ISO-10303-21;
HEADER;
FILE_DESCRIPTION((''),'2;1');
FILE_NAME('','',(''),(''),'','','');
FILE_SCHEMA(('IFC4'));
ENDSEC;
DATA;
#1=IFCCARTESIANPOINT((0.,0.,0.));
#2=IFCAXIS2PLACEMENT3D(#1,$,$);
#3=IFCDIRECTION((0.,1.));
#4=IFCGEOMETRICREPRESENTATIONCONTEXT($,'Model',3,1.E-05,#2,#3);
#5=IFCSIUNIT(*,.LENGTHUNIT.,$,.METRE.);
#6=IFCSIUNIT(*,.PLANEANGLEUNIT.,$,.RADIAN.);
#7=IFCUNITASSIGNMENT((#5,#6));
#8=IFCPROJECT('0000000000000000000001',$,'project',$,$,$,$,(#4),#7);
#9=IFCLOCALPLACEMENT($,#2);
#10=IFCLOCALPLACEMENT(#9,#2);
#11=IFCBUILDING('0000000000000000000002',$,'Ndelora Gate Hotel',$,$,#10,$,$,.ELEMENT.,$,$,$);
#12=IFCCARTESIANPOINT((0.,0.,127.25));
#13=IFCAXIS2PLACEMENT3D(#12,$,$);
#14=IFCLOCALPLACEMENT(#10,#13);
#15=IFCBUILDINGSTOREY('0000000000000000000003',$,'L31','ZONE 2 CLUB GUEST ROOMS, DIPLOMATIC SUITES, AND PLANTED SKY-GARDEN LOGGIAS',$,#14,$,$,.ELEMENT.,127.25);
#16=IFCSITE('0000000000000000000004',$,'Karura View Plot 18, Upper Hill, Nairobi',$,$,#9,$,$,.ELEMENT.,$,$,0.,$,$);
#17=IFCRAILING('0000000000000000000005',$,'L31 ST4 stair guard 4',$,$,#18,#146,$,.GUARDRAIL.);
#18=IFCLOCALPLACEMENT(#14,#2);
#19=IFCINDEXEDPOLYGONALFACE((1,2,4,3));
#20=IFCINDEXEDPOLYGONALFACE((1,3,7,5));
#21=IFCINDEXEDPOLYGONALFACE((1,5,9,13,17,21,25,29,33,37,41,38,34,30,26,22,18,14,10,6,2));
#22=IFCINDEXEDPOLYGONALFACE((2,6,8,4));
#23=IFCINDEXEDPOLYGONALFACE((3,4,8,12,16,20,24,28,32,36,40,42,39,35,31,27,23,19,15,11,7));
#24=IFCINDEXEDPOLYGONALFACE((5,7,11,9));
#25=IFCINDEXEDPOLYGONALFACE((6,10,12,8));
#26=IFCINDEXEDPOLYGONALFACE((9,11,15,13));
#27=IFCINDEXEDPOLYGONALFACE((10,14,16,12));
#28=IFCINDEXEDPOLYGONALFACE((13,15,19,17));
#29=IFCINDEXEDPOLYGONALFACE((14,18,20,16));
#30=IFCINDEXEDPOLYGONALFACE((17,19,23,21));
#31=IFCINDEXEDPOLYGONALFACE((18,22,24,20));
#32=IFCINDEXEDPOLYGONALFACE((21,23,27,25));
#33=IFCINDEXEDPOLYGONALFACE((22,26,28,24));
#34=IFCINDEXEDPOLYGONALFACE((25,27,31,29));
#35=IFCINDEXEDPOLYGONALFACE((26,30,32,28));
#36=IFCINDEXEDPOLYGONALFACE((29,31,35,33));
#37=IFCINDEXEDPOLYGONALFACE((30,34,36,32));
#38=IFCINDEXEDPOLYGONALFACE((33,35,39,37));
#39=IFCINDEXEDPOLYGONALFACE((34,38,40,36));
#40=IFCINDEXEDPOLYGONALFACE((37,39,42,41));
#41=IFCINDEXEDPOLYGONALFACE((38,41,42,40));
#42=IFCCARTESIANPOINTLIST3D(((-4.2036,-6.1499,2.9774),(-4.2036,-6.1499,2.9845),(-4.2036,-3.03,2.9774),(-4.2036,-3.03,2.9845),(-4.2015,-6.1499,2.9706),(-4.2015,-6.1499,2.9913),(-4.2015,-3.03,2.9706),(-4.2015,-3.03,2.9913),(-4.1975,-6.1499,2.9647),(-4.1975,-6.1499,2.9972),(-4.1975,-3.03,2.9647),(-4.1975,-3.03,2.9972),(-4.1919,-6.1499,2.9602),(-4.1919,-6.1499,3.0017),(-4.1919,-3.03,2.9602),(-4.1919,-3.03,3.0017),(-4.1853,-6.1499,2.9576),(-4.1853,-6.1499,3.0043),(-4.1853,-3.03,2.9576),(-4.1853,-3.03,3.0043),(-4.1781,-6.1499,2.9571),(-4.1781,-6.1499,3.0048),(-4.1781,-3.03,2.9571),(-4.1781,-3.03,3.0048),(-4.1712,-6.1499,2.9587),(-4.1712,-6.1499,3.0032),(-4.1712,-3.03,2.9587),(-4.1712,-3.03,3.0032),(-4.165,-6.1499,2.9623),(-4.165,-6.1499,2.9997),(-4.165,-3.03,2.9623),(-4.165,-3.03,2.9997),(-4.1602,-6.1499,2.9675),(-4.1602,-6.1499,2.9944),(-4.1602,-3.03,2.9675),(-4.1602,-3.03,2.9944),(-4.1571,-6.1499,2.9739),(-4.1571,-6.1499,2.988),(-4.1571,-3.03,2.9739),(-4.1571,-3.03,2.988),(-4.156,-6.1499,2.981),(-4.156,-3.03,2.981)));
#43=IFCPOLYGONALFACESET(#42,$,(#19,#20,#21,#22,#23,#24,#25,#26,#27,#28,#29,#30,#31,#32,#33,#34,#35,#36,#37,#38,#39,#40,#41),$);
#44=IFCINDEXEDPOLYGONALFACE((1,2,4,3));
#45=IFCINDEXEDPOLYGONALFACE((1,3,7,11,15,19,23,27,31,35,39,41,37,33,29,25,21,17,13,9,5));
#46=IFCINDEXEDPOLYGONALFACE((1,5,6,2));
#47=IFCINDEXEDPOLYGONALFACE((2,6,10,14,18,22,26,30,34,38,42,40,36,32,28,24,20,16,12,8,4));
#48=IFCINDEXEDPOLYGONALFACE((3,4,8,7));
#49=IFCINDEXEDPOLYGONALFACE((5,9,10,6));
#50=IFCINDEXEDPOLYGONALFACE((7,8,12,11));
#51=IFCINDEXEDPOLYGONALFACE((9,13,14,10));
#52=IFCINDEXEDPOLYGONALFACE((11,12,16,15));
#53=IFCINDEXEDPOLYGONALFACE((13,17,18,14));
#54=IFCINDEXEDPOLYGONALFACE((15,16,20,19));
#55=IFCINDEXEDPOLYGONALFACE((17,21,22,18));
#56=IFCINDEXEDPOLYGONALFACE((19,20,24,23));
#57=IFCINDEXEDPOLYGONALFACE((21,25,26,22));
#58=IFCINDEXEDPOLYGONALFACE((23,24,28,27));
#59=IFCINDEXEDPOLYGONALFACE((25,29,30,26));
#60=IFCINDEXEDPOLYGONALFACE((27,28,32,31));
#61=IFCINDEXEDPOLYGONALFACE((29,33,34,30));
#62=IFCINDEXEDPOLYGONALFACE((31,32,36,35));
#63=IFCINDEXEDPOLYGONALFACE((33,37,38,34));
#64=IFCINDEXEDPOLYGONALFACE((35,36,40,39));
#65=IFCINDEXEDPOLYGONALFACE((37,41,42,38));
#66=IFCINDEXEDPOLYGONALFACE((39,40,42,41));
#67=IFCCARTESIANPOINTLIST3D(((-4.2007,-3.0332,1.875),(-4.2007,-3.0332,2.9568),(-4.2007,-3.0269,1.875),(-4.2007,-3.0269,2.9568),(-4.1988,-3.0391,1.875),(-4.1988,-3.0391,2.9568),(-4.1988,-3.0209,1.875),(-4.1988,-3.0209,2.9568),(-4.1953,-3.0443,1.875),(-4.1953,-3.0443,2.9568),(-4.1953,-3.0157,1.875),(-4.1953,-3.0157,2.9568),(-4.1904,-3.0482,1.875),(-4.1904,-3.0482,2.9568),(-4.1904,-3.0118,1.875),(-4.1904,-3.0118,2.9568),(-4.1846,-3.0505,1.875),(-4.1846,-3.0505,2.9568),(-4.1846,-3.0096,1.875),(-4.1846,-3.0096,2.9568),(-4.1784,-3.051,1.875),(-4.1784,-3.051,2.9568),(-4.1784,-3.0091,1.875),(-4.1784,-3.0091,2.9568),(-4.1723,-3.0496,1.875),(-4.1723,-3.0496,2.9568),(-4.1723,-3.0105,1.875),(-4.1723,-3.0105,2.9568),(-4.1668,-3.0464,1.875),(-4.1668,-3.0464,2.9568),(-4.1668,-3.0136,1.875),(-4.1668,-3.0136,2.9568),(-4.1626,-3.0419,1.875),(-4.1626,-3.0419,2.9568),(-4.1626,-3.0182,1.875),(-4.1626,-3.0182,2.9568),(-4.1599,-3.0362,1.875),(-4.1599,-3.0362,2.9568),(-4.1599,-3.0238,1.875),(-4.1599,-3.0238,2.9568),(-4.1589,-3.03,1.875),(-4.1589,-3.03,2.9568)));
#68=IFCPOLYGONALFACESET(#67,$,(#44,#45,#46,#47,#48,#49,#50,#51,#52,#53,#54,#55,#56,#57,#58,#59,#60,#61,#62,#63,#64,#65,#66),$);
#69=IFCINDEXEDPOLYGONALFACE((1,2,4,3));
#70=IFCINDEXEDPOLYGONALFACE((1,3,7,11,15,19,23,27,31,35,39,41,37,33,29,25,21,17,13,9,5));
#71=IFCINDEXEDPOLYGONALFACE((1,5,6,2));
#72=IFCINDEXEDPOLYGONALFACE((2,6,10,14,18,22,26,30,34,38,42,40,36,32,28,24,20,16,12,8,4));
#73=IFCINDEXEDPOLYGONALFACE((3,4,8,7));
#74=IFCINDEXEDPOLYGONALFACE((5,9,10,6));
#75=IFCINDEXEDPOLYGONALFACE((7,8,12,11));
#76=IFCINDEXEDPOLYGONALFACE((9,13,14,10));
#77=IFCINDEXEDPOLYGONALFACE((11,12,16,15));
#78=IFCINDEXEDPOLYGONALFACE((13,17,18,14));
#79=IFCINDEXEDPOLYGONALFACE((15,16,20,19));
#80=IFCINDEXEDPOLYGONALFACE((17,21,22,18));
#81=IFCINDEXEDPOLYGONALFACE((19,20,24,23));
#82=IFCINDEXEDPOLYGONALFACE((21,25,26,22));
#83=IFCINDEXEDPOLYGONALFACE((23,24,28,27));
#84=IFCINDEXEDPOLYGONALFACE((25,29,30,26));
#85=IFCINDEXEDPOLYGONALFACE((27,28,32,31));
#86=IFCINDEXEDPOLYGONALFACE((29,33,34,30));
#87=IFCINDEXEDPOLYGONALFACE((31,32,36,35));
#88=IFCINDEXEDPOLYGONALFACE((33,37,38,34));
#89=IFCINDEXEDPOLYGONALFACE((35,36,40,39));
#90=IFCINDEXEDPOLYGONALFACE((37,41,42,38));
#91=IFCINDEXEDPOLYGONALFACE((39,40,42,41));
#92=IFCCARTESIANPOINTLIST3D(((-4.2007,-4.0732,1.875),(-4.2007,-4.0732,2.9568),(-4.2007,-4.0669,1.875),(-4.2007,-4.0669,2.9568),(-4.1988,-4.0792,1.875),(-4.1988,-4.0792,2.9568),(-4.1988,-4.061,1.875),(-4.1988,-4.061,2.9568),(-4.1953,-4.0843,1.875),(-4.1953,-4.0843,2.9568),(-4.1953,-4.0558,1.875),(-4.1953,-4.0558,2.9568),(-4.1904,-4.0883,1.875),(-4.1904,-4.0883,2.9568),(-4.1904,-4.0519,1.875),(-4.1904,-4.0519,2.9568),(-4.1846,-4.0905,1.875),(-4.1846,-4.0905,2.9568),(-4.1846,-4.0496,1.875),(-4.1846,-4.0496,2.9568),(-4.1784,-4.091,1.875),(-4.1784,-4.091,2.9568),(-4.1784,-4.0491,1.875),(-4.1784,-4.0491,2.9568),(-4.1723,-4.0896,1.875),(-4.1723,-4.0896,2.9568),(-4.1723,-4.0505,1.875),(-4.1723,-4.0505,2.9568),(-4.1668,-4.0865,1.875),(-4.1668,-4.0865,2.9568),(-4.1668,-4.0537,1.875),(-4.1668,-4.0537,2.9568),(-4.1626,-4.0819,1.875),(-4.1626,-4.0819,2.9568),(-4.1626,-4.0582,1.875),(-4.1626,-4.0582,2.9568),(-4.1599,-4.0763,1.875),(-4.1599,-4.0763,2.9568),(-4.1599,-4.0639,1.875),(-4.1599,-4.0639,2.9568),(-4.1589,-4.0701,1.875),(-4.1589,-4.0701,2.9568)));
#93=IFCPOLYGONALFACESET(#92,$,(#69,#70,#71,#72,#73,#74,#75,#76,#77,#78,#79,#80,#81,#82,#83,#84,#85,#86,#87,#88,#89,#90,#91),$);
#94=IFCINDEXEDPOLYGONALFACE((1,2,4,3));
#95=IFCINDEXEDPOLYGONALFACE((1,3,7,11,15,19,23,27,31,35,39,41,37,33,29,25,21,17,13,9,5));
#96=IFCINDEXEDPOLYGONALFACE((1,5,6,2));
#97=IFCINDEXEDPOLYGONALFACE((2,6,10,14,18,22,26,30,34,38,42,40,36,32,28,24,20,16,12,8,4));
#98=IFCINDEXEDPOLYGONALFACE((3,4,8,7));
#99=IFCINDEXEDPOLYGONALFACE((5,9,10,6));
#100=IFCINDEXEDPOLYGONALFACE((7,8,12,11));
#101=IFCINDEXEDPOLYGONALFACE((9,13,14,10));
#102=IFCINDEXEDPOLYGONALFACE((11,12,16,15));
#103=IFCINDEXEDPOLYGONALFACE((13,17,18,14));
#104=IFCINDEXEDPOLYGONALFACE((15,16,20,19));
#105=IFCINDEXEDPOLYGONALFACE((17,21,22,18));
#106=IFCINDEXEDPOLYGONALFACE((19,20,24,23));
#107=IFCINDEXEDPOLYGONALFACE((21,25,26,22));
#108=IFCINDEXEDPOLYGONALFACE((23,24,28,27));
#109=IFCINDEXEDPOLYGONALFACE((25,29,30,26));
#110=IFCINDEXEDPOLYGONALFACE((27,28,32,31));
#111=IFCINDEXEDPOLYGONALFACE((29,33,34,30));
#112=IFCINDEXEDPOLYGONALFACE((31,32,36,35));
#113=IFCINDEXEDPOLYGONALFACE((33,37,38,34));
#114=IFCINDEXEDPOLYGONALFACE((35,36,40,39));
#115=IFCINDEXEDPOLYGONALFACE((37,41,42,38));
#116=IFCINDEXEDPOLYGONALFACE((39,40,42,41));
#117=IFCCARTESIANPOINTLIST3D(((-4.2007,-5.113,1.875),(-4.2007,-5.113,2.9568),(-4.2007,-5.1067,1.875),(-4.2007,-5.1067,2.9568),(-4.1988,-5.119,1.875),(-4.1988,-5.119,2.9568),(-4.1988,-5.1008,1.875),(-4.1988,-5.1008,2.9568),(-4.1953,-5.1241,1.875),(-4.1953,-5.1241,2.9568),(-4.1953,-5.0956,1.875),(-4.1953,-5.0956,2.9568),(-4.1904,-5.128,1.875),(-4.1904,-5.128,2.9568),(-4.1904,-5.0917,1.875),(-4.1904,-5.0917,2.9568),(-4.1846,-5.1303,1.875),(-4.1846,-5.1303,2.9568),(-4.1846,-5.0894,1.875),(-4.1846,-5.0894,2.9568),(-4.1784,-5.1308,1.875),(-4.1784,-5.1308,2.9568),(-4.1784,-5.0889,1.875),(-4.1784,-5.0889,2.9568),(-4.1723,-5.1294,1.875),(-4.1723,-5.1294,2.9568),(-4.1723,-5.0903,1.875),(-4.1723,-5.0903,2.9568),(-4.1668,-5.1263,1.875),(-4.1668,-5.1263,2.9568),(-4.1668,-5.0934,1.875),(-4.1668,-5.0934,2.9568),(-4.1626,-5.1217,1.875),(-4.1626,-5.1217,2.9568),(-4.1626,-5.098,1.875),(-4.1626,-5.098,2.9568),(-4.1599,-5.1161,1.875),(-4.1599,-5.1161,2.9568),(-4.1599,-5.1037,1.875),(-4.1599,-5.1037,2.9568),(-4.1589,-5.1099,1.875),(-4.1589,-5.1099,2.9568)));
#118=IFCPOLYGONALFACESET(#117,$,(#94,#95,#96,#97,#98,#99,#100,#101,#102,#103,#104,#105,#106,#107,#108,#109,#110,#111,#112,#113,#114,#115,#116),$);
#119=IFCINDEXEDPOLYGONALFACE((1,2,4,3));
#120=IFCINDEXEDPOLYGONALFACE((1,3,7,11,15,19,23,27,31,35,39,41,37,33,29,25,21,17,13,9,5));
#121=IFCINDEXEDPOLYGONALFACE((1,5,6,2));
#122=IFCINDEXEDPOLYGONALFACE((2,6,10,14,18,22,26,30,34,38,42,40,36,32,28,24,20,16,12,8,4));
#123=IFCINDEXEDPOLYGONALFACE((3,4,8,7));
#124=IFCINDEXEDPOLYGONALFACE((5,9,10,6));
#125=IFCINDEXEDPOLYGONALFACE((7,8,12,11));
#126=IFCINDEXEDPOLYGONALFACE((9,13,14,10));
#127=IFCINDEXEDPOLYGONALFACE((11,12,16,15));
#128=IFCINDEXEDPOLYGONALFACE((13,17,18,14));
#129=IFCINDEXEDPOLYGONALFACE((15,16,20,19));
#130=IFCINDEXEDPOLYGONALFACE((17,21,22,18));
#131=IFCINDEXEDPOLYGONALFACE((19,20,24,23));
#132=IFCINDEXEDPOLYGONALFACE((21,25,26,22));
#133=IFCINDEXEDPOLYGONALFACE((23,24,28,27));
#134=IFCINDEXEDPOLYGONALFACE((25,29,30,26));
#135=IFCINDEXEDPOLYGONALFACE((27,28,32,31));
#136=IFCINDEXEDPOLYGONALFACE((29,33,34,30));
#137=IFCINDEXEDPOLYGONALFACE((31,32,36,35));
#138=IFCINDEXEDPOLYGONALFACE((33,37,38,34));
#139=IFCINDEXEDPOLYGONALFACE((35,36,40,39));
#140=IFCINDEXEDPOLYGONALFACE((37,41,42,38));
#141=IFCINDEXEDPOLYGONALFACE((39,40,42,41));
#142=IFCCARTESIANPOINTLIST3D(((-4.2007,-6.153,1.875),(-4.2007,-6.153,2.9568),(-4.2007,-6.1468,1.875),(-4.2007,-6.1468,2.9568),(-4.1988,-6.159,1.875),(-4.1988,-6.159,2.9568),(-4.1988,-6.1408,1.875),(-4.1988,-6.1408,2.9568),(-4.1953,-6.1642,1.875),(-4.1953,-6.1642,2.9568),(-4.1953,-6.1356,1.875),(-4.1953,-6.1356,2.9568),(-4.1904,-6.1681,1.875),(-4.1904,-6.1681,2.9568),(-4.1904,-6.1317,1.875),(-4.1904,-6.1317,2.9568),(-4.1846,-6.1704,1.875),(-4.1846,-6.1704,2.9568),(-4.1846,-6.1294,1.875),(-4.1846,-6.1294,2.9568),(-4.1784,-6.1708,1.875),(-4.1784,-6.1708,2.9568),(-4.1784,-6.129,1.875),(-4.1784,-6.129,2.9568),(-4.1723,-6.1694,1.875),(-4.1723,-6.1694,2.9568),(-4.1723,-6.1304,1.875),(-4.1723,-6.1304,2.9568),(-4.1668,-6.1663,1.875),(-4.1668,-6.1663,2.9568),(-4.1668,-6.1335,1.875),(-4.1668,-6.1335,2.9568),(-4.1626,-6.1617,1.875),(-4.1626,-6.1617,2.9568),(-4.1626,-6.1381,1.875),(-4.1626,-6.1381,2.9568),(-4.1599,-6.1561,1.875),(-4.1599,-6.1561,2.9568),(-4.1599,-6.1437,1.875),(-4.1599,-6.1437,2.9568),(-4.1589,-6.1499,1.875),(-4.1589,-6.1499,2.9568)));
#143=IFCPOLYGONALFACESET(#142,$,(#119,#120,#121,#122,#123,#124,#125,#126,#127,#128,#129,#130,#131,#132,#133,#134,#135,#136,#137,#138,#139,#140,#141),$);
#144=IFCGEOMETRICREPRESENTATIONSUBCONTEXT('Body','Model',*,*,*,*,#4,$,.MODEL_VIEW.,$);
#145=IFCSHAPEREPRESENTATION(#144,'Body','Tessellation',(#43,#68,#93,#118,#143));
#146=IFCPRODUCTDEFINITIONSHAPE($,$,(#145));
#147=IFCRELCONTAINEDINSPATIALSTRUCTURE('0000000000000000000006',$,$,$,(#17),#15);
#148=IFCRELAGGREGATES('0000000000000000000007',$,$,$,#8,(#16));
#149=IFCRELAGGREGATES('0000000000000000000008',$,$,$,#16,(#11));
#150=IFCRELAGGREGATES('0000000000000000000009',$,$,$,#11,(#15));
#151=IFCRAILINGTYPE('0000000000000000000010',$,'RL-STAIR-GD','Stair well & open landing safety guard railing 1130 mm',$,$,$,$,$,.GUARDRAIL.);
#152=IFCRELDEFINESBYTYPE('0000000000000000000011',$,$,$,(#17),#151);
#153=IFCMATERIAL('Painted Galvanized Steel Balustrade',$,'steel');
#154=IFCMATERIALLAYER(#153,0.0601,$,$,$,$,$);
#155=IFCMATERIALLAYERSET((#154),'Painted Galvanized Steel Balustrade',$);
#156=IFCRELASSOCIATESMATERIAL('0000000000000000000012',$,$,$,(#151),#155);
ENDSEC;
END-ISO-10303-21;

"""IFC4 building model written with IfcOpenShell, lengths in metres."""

from ifc_helpers import new_model, si_unit, direction, frame, origin, origin_2d, place, context, subcontext, project, spatial, circle, extrude, material, layer, layer_set, type_object, element, save


model = new_model("IFC4")

# Units and contexts
model_context = context("Model", 3, precision=1e-05, world=origin(), true_north=direction((0.0, 1.0)))
body_context = subcontext(model_context, "Body", "Model", "MODEL_VIEW")
ifc_project = project(units=[si_unit("LENGTHUNIT", "METRE"), si_unit("PLANEANGLEUNIT", "RADIAN")], contexts=[model_context])

# Site, building, storey
site_placement = place(None, origin())
site = spatial("IfcSite", under=ifc_project, at=site_placement, Name="Karura View Plot 18, Upper Hill, Nairobi", CompositionType="ELEMENT", RefElevation=0.0)
building_placement = place(site_placement, origin())
building = spatial("IfcBuilding", under=site, at=building_placement, Name="Ndelora Gate Hotel", CompositionType="ELEMENT")
storey_placement = place(building_placement, frame((0.0, 0.0, 127.25)))
storey = spatial("IfcBuildingStorey", under=building, at=storey_placement, Name="L31", Description="ZONE 2 CLUB GUEST ROOMS, DIPLOMATIC SUITES, AND PLANTED SKY-GARDEN LOGGIAS", CompositionType="ELEMENT", Elevation=127.25)

# Railing
ifc_material_1 = material(Name="Painted Galvanized Steel Balustrade", Category="steel")
ifc_layer_1 = layer(ifc_material_1, 0.0601)
ifc_layer_set_1 = layer_set([ifc_layer_1], Name="Painted Galvanized Steel Balustrade")
railing_type_1 = type_object("IfcRailingType", Name="RL-STAIR-GD", Description="Stair well & open landing safety guard railing 1130 mm", PredefinedType="GUARDRAIL", material=ifc_layer_set_1)
for number, where, name in (
    (1, (-4.1799, -3.03, 1.875), "L31 ST4 stair guard 4"),
):
    element("IfcRailing", number, at=place(storey_placement, frame(where)), inside=storey, type_object=railing_type_1, Name=name, PredefinedType="GUARDRAIL", context=body_context, shape_type="SweptSolid", body=[
        extrude(circle(Radius=0.0239, at=origin_2d()), frame((0.0, 0.0, 1.106), z_axis=(0.0, -1.0, 0.0), x_axis=(1.0, 0.0, 0.0)), (0.0, 0.0, 1.0), 3.1199),
        extrude(circle(Radius=0.021, at=origin_2d()), origin(), (0.0, 0.0, 1.0), 1.0818),
        extrude(circle(Radius=0.021, at=origin_2d()), frame((0.0, -1.04, 0.0)), (0.0, 0.0, 1.0), 1.0818),
        extrude(circle(Radius=0.021, at=origin_2d()), frame((0.0, -2.0798, 0.0)), (0.0, 0.0, 1.0), 1.0818),
        extrude(circle(Radius=0.021, at=origin_2d()), frame((0.0, -3.1199, 0.0)), (0.0, 0.0, 1.0), 1.0818),
    ])

save(model, "model.ifc")
